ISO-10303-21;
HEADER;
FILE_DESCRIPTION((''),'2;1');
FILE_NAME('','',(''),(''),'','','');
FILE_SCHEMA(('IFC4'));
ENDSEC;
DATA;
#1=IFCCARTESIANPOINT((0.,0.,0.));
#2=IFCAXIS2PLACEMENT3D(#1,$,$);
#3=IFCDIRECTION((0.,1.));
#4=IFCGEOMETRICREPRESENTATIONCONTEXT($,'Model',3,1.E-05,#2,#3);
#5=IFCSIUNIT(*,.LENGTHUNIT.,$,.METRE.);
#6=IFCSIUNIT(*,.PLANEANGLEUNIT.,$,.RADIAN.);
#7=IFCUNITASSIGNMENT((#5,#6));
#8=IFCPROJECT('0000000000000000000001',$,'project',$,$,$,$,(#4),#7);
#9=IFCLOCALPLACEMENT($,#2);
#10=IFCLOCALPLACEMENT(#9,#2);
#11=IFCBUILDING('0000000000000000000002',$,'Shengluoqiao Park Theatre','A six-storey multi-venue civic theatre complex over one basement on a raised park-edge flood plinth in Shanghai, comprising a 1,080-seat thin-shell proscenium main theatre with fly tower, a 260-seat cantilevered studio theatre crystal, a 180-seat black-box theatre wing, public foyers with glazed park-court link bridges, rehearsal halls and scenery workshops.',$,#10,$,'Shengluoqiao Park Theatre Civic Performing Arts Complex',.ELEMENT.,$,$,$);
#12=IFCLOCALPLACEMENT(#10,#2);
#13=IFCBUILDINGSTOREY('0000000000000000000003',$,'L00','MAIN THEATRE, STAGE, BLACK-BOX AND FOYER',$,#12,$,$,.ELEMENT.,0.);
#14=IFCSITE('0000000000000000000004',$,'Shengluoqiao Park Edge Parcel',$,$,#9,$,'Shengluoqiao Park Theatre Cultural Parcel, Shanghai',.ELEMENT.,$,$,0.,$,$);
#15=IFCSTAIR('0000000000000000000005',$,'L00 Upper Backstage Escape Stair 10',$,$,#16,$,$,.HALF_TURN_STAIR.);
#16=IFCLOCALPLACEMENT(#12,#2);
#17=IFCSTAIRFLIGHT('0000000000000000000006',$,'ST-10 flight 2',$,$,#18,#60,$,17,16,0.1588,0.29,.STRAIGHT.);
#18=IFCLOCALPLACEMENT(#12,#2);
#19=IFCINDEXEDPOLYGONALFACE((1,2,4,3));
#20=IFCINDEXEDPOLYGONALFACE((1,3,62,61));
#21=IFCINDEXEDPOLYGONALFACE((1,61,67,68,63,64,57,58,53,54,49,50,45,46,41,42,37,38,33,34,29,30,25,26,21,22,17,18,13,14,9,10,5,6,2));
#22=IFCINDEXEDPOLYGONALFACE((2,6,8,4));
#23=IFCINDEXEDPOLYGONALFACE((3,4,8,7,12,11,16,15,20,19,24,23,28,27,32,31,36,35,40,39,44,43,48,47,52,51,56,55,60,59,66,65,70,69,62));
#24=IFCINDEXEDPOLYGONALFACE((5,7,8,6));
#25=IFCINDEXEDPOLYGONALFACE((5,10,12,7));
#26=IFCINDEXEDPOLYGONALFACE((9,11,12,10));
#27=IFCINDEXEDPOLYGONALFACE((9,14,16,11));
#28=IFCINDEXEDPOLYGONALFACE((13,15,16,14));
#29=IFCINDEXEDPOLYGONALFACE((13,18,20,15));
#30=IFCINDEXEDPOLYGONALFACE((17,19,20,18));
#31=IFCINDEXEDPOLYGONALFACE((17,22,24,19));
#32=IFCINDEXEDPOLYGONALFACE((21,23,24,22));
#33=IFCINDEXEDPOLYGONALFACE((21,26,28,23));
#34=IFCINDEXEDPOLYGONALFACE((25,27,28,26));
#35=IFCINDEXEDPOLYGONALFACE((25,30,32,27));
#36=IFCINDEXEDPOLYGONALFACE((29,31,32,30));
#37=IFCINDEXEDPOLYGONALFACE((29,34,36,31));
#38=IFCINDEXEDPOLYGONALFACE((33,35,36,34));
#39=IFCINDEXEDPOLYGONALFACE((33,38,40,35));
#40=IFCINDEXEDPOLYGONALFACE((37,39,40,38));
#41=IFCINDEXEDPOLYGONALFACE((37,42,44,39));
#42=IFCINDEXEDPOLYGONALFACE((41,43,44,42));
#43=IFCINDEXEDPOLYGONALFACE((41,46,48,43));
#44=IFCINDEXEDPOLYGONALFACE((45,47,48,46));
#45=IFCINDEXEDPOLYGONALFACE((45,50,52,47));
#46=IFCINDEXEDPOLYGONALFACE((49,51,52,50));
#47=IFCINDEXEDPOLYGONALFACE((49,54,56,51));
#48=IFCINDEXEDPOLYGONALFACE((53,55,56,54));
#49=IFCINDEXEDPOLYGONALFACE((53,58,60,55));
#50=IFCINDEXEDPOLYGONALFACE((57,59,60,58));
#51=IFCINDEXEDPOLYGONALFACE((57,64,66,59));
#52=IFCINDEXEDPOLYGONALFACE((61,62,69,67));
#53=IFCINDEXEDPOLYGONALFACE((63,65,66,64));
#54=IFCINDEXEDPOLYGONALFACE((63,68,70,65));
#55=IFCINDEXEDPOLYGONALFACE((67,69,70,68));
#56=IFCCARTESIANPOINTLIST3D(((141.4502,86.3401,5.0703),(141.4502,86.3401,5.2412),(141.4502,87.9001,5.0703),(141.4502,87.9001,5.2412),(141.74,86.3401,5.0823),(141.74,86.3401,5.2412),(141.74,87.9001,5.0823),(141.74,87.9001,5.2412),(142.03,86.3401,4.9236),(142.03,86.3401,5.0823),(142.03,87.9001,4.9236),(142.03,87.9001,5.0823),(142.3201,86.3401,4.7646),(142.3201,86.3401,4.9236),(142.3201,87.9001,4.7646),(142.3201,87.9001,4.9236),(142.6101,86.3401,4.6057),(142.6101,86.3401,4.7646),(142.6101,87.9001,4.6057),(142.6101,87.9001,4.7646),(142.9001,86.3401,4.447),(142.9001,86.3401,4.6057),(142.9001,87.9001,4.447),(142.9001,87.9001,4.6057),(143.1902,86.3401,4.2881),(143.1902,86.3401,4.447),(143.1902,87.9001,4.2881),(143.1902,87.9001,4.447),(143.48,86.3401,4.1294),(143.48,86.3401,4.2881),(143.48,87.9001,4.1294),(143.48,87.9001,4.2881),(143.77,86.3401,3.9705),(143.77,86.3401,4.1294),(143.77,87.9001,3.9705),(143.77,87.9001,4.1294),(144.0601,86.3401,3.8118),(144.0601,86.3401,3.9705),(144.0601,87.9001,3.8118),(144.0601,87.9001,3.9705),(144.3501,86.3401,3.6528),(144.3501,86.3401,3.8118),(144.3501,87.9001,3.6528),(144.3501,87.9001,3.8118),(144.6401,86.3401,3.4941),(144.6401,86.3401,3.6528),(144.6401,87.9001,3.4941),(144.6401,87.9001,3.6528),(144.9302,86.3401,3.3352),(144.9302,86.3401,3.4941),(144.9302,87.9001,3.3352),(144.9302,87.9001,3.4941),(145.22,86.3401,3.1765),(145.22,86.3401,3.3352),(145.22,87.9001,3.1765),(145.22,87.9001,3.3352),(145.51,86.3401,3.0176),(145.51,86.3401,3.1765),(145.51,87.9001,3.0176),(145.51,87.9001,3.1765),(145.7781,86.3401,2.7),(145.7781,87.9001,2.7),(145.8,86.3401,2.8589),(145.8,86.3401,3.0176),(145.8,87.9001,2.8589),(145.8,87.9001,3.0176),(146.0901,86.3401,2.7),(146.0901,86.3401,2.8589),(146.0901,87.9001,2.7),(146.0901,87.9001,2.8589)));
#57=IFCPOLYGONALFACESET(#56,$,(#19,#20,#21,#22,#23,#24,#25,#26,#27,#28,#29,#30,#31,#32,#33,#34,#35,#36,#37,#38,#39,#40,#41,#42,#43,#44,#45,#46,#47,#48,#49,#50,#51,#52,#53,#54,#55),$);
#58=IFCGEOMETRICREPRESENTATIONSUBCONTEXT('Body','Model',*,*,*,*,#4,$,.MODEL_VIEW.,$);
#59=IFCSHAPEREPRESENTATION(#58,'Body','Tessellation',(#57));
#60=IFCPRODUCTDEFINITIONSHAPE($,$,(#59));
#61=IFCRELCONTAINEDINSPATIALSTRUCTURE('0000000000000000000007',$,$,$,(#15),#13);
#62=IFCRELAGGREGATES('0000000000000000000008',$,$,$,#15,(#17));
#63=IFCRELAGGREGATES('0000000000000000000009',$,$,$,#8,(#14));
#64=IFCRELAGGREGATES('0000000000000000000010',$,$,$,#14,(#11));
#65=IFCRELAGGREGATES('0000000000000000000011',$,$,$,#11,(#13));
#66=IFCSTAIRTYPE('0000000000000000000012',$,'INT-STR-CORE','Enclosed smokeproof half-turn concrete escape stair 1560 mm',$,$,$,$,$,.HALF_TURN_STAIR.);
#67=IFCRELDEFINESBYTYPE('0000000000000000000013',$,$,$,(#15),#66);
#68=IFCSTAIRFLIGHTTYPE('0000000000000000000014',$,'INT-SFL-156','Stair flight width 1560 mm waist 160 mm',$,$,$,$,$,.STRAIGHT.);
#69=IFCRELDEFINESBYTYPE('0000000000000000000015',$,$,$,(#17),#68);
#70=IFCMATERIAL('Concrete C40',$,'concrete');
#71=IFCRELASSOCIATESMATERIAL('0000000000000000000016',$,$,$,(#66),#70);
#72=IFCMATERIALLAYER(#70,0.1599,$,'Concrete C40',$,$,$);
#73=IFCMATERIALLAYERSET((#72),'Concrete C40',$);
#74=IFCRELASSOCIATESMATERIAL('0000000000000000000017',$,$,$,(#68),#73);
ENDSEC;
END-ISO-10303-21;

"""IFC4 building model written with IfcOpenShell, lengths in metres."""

from ifc_helpers import new_model, si_unit, direction, frame, origin, place, context, subcontext, project, spatial, polyline, outline, extrude, material, layer, layer_set, type_object, element, aggregate, save


model = new_model("IFC4")

# Units and contexts
model_context = context("Model", 3, precision=1e-05, world=origin(), true_north=direction((0.0, 1.0)))
body_context = subcontext(model_context, "Body", "Model", "MODEL_VIEW")
ifc_project = project(units=[si_unit("LENGTHUNIT", "METRE"), si_unit("PLANEANGLEUNIT", "RADIAN")], contexts=[model_context])

# Site, building, storey
site_placement = place(None, origin())
site = spatial("IfcSite", under=ifc_project, at=site_placement, Name="Shengluoqiao Park Edge Parcel", LongName="Shengluoqiao Park Theatre Cultural Parcel, Shanghai", CompositionType="ELEMENT", RefElevation=0.0)
building_placement = place(site_placement, origin())
building = spatial("IfcBuilding", under=site, at=building_placement, Name="Shengluoqiao Park Theatre", Description="A six-storey multi-venue civic theatre complex over one basement on a raised park-edge flood plinth in Shanghai, comprising a 1,080-seat thin-shell proscenium main theatre with fly tower, a 260-seat cantilevered studio theatre crystal, a 180-seat black-box theatre wing, public foyers with glazed park-court link bridges, rehearsal halls and scenery workshops.", LongName="Shengluoqiao Park Theatre Civic Performing Arts Complex", CompositionType="ELEMENT")
storey_placement = place(building_placement, origin())
storey = spatial("IfcBuildingStorey", under=building, at=storey_placement, Name="L00", Description="MAIN THEATRE, STAGE, BLACK-BOX AND FOYER", CompositionType="ELEMENT", Elevation=0.0)

# Shared definitions
ifc_material_1 = material(Name="Concrete C40", Category="concrete")

# Stair, stair flight
stair_type = type_object("IfcStairType", Name="INT-STR-CORE", Description="Enclosed smokeproof half-turn concrete escape stair 1560 mm", PredefinedType="HALF_TURN_STAIR", material=ifc_material_1)
stair_placement = place(storey_placement, origin())
stair = element("IfcStair", 1, at=stair_placement, inside=storey, type_object=stair_type, Name="L00 Upper Backstage Escape Stair 10", PredefinedType="HALF_TURN_STAIR")
ifc_layer_1 = layer(ifc_material_1, 0.1599, Name="Concrete C40")
ifc_layer_set_1 = layer_set([ifc_layer_1], Name="Concrete C40")
stair_flight_type = type_object("IfcStairFlightType", Name="INT-SFL-156", Description="Stair flight width 1560 mm waist 160 mm", PredefinedType="STRAIGHT", material=ifc_layer_set_1)
stair_flight_1_placement = place(storey_placement, frame((146.0901, 87.1201, 2.7), z_axis=(0.0, 0.0, 1.0), x_axis=(-1.0, 0.0, 0.0)))
stair_flight_1 = element("IfcStairFlight", 2, at=stair_flight_1_placement, type_object=stair_flight_type, Name="ST-10 flight 2", NumberOfRisers=17, NumberOfTreads=16, PredefinedType="STRAIGHT", RiserHeight=0.1588, TreadLength=0.29, context=body_context, shape_type="SweptSolid", body=[
    extrude(outline(polyline([(0.0, 0.0), (0.0, 0.1589), (0.29, 0.1589), (0.29, 0.3176), (0.5801, 0.3176), (0.5801, 0.4766), (0.8701, 0.4766), (0.8701, 0.6353), (1.1599, 0.6353), (1.1599, 0.7942), (1.45, 0.7942), (1.45, 0.9529), (1.74, 0.9529), (1.74, 1.1118), (2.03, 1.1118), (2.03, 1.2705), (2.3201, 1.2705), (2.3201, 1.4294), (2.6101, 1.4294), (2.6101, 1.5881), (2.8999, 1.5881), (2.8999, 1.7471), (3.1899, 1.7471), (3.1899, 1.9058), (3.48, 1.9058), (3.48, 2.0647), (3.77, 2.0647), (3.77, 2.2236), (4.0601, 2.2236), (4.0601, 2.3823), (4.3501, 2.3823), (4.3501, 2.5413), (4.6399, 2.5413), (4.6399, 2.7), (4.6399, 2.3704), (0.312, 0.0), (0.0, 0.0)])), frame((0.0, 0.78, 0.0), z_axis=(0.0, -1.0, 0.0), x_axis=(1.0, 0.0, 0.0)), (0.0, 0.0, 1.0), 1.5601),
])
aggregate(stair, [stair_flight_1])

save(model, "model.ifc")
